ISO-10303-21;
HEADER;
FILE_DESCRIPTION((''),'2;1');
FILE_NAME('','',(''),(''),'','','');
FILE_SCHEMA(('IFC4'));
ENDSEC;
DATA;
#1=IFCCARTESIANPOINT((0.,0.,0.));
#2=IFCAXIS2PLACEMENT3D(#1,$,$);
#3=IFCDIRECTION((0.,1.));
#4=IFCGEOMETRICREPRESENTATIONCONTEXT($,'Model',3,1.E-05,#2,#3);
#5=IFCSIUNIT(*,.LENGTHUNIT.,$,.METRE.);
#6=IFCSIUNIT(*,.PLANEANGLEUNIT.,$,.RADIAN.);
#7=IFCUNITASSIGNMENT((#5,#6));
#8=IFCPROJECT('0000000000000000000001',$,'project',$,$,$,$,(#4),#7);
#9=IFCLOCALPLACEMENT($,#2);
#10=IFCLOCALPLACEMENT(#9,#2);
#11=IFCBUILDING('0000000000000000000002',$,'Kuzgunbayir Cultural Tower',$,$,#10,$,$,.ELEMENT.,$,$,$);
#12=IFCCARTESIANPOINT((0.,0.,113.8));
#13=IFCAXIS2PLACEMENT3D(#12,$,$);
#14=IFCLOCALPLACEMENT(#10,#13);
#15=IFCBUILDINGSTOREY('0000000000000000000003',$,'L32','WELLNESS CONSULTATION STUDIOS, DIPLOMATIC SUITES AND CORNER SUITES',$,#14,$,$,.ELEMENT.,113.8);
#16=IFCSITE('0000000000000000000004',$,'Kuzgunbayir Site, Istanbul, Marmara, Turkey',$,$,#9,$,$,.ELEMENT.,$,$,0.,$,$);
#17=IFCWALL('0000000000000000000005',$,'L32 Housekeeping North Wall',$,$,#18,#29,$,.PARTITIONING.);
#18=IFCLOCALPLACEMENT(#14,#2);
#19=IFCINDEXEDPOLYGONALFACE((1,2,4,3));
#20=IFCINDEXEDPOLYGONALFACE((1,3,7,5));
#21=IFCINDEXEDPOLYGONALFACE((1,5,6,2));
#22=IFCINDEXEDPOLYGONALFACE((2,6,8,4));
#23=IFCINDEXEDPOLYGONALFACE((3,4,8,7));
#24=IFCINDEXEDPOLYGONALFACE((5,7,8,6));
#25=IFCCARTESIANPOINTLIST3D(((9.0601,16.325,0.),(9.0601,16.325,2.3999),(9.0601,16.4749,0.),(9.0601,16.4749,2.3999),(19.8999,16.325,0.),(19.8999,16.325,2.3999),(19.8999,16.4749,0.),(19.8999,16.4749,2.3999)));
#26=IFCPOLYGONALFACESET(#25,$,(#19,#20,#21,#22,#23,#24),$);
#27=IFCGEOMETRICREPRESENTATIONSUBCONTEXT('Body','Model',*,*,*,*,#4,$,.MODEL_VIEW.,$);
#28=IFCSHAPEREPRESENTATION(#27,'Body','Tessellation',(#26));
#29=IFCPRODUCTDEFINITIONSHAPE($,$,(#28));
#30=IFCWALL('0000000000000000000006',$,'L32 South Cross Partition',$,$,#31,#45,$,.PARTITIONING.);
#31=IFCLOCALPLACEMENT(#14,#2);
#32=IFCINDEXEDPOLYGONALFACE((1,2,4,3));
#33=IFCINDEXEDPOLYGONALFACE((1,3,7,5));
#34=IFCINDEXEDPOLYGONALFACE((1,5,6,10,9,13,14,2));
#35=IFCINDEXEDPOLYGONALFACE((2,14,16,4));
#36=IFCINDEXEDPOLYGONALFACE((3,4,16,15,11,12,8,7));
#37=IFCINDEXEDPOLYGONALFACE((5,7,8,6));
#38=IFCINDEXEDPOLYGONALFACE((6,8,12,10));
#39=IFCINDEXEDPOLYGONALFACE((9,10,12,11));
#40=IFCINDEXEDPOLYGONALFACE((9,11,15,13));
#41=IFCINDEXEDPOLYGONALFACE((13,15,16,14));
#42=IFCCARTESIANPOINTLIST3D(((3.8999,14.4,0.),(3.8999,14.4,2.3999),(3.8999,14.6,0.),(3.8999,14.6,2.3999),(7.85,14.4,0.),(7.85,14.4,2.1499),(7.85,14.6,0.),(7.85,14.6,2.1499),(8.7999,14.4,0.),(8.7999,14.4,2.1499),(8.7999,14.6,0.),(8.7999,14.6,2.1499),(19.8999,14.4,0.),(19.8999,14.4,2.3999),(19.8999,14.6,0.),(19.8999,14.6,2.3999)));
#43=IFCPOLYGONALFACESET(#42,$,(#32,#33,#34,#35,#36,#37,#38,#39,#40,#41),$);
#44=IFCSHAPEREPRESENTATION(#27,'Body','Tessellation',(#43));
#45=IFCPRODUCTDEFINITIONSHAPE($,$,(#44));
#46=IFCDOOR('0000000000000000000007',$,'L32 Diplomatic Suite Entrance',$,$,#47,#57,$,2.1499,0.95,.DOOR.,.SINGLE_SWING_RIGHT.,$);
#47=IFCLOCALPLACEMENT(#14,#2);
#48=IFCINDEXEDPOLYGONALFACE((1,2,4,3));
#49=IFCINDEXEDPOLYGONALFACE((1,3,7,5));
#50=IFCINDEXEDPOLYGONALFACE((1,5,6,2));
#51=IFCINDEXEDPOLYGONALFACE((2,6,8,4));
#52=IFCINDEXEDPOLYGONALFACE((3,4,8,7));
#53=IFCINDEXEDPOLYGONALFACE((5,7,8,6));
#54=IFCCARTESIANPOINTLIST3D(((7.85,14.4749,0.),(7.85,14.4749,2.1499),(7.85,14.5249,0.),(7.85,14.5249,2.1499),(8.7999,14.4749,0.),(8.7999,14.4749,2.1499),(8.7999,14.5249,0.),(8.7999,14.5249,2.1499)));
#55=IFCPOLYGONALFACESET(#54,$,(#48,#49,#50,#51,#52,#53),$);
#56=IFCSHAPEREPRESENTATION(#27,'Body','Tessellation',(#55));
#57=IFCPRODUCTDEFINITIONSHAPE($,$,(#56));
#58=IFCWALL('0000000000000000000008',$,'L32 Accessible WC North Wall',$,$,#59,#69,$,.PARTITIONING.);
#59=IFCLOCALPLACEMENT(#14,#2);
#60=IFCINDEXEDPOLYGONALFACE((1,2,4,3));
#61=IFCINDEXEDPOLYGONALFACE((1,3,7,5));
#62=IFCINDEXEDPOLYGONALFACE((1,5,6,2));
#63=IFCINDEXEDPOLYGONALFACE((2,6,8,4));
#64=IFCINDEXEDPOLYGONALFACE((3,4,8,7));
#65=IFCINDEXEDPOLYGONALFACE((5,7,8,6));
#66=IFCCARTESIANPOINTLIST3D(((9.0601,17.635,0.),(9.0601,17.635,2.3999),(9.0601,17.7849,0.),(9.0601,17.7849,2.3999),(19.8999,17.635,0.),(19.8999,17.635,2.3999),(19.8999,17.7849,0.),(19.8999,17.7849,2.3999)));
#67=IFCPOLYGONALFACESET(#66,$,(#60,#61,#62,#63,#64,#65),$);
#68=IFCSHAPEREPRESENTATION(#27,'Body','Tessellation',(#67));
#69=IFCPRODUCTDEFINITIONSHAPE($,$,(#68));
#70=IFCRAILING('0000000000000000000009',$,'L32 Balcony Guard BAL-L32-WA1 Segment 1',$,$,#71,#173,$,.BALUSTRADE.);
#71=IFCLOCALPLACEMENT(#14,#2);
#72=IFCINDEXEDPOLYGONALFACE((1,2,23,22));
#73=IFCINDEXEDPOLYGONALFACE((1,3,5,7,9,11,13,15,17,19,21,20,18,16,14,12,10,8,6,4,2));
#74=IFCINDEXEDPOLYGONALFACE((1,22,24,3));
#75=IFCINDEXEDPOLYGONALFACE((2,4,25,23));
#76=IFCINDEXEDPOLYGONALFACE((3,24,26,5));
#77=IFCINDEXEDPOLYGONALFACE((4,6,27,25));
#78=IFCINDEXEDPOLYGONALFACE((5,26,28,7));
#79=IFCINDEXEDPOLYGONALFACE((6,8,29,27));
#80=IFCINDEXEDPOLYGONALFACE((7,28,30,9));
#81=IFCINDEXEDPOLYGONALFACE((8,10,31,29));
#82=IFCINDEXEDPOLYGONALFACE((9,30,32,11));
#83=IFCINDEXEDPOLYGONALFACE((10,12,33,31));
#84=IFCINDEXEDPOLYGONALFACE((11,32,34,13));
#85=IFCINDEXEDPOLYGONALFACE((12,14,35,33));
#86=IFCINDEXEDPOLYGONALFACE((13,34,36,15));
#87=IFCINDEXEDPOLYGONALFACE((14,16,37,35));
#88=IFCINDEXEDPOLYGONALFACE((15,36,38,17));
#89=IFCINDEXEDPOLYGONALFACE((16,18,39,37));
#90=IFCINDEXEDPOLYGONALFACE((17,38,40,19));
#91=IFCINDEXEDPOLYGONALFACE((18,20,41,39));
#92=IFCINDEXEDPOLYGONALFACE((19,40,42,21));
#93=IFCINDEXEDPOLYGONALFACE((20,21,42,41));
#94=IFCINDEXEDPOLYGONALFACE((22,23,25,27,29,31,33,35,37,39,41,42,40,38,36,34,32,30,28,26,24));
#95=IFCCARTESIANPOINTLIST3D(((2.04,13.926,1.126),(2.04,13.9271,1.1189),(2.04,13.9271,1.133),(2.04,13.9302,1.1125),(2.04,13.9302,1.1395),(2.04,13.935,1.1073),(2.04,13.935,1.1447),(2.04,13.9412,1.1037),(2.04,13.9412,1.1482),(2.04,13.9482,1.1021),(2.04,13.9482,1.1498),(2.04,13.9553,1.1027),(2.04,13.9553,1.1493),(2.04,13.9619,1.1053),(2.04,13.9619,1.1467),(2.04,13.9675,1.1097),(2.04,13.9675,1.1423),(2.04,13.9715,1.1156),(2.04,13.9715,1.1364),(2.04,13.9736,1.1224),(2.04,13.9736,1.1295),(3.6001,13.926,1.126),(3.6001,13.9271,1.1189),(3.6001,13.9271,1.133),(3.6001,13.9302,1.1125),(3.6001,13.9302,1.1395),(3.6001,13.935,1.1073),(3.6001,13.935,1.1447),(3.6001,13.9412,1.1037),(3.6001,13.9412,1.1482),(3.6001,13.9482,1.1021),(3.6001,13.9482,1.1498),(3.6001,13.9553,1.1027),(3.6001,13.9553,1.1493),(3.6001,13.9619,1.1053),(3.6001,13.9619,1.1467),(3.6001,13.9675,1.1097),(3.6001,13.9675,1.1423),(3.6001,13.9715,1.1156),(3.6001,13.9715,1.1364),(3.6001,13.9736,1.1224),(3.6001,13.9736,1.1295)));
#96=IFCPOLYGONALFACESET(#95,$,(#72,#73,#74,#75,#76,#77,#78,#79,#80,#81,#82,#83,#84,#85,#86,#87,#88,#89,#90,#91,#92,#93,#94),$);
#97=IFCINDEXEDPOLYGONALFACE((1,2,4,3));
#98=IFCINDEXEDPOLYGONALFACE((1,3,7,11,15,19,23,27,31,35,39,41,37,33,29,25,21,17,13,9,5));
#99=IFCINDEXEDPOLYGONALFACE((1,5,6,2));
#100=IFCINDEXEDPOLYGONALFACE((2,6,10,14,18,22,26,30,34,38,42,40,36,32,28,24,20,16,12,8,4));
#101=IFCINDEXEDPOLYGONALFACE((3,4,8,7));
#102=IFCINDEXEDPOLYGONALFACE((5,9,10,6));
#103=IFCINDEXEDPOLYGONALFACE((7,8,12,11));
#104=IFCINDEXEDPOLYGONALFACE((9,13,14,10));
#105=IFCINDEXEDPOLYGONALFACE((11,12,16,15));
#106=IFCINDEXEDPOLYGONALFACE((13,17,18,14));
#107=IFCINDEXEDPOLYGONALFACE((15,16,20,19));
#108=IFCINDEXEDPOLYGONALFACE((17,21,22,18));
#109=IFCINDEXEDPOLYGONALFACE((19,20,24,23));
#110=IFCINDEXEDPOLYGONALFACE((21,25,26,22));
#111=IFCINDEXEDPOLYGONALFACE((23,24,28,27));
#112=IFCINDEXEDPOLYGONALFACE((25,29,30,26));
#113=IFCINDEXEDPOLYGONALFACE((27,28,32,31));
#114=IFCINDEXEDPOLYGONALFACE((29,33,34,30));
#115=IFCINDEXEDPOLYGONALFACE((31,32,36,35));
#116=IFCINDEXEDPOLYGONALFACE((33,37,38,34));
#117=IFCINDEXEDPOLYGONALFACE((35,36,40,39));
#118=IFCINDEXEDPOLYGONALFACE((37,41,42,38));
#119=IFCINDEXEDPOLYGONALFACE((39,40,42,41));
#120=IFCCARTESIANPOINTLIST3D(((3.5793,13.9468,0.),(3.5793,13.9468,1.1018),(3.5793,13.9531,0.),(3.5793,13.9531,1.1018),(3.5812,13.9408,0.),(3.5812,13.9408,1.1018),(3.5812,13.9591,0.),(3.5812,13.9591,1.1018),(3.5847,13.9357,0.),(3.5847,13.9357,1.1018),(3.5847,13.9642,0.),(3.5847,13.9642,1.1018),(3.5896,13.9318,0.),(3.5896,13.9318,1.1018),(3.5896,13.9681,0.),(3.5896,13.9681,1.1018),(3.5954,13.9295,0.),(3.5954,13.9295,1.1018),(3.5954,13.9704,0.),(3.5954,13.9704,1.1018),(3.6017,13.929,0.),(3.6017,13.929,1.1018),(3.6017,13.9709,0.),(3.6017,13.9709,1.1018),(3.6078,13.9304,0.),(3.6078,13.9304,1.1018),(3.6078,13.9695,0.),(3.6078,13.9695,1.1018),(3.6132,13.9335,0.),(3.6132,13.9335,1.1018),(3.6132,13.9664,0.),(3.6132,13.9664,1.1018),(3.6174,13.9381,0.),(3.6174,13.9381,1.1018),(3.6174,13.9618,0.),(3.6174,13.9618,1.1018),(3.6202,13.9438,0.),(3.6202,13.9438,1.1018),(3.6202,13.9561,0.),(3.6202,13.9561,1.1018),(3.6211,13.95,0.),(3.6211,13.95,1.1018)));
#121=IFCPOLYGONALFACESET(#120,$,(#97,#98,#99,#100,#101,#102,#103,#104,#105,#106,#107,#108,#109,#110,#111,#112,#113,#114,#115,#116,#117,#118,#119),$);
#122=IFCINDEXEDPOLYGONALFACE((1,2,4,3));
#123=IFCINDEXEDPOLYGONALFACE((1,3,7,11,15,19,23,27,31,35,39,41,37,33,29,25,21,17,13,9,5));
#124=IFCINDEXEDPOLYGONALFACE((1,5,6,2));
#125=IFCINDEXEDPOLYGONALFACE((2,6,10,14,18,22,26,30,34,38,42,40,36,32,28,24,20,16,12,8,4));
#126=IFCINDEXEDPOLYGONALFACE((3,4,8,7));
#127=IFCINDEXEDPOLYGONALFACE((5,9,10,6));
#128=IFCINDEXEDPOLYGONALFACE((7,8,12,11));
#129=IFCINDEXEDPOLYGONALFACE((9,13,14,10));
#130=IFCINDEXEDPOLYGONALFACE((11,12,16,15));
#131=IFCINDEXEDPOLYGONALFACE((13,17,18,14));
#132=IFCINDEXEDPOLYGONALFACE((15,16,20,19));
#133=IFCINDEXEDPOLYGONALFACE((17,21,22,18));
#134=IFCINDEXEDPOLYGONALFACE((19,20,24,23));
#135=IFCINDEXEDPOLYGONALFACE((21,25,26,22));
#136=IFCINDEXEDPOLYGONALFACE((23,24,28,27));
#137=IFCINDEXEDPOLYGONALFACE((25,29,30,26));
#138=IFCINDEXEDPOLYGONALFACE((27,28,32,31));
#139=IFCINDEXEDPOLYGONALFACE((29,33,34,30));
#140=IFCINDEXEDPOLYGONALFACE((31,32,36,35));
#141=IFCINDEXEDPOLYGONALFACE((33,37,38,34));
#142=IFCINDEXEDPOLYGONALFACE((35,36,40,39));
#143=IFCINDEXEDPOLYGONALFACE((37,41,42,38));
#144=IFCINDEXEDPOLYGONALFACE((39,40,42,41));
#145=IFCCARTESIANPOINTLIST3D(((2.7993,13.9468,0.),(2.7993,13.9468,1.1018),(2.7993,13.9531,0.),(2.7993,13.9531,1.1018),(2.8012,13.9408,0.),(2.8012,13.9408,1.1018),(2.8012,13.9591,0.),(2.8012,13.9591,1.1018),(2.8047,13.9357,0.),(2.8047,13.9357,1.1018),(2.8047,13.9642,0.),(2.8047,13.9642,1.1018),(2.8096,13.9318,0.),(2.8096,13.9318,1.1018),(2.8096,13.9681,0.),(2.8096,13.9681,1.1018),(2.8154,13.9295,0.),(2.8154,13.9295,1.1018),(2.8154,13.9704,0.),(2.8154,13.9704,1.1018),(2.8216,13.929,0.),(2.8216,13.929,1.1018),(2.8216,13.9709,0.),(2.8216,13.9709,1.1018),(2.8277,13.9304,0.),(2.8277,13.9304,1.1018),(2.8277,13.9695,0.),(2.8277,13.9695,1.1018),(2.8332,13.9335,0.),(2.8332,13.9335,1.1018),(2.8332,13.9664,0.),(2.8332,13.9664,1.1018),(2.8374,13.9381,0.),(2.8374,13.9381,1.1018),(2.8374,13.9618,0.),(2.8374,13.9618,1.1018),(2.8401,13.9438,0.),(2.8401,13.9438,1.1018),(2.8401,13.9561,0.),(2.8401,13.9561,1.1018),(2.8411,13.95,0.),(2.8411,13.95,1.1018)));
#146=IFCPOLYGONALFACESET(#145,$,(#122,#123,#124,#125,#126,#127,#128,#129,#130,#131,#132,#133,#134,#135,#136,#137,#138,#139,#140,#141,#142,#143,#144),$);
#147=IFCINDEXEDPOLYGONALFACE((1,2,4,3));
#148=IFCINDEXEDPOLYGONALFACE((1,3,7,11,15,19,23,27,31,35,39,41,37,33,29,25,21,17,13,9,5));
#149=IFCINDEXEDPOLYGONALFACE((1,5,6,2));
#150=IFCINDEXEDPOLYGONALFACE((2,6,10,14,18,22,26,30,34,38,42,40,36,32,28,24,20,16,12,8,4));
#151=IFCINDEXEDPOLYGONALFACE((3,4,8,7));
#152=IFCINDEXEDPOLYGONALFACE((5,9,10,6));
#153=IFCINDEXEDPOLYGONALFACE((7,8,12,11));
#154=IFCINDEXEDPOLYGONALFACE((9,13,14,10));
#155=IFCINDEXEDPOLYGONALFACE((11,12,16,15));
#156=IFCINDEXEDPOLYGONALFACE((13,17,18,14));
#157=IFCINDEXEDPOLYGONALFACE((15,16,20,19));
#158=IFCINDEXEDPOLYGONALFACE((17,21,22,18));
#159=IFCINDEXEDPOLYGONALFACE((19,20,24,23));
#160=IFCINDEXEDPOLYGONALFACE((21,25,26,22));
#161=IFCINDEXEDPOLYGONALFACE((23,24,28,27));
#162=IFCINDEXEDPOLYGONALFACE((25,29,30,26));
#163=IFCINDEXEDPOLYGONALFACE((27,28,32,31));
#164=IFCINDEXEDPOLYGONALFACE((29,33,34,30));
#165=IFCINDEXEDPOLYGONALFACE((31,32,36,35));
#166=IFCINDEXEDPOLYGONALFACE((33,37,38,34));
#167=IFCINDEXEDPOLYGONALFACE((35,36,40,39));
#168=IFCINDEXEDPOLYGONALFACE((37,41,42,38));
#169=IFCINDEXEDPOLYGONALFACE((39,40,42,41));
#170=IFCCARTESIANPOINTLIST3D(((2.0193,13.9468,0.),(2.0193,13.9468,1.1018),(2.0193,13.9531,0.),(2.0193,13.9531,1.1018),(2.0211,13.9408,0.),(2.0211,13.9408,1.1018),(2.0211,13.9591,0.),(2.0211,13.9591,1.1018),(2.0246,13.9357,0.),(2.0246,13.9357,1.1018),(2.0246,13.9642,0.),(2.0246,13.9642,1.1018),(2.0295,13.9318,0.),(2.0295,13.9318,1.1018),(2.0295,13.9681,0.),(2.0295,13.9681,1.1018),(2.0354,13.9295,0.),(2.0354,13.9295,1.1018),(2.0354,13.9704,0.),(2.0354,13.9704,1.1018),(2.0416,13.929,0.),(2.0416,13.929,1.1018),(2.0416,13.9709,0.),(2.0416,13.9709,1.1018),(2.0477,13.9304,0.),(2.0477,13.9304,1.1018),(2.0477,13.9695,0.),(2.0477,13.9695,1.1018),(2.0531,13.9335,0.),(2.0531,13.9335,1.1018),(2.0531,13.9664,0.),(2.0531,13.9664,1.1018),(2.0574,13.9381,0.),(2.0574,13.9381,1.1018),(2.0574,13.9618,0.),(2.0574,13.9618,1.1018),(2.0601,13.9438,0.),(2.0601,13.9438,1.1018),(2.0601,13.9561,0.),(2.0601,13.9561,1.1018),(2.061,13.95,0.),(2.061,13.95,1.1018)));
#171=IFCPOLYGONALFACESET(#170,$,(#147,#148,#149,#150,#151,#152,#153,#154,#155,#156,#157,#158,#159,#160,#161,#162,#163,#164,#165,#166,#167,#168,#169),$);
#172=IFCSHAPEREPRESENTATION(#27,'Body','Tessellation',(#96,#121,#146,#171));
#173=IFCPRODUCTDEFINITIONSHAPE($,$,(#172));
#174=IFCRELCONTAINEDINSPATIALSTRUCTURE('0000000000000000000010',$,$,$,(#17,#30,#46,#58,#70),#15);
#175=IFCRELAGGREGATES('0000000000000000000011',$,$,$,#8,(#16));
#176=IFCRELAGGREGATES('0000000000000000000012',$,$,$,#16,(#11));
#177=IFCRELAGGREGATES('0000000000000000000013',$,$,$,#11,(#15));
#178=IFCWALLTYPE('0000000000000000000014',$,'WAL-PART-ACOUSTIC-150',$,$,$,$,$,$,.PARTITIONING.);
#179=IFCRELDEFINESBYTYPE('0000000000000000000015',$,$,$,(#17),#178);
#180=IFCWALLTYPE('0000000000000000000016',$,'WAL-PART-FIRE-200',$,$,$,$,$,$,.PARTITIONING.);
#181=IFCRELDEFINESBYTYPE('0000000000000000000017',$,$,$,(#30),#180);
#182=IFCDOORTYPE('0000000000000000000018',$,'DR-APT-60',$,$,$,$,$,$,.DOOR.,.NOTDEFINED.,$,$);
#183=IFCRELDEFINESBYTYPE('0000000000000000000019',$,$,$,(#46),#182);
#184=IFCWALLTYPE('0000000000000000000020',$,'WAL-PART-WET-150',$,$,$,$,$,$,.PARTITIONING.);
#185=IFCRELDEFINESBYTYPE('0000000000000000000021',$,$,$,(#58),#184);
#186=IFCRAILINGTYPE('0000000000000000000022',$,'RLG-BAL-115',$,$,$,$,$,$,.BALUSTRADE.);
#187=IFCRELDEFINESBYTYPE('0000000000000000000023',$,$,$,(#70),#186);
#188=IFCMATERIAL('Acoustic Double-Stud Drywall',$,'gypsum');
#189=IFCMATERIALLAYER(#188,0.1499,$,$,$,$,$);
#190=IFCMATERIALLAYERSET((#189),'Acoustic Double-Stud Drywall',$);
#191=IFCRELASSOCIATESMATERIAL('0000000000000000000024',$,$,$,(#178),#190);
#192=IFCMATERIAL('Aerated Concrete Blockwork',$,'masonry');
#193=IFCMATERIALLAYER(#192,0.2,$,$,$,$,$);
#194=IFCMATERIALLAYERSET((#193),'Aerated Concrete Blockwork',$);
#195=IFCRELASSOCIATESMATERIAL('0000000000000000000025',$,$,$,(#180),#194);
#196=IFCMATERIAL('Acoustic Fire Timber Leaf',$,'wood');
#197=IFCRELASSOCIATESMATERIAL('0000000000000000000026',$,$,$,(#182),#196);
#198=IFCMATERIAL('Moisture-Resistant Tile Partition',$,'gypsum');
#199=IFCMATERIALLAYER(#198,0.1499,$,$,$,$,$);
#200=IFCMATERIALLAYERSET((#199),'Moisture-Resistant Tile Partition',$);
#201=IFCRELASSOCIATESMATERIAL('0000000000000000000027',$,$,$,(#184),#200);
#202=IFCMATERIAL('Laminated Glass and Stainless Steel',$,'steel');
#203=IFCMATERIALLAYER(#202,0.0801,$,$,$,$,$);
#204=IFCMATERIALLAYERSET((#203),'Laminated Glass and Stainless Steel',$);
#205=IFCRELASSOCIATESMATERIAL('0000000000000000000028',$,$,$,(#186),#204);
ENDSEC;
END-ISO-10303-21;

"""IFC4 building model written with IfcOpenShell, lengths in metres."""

from ifc_helpers import new_model, si_unit, direction, frame, frame_2d, origin, origin_2d, place, context, subcontext, project, spatial, rectangle, circle, extrude, material, layer, layer_set, type_object, element, fill, save


model = new_model("IFC4")

# Units and contexts
model_context = context("Model", 3, precision=1e-05, world=origin(), true_north=direction((0.0, 1.0)))
body_context = subcontext(model_context, "Body", "Model", "MODEL_VIEW")
ifc_project = project(units=[si_unit("LENGTHUNIT", "METRE"), si_unit("PLANEANGLEUNIT", "RADIAN")], contexts=[model_context])

# Site, building, storey
site_placement = place(None, origin())
site = spatial("IfcSite", under=ifc_project, at=site_placement, Name="Kuzgunbayir Site, Istanbul, Marmara, Turkey", CompositionType="ELEMENT", RefElevation=0.0)
building_placement = place(site_placement, origin())
building = spatial("IfcBuilding", under=site, at=building_placement, Name="Kuzgunbayir Cultural Tower", CompositionType="ELEMENT")
storey_placement = place(building_placement, frame((0.0, 0.0, 113.8)))
storey = spatial("IfcBuildingStorey", under=building, at=storey_placement, Name="L32", Description="WELLNESS CONSULTATION STUDIOS, DIPLOMATIC SUITES AND CORNER SUITES", CompositionType="ELEMENT", Elevation=113.8)

# Wall
ifc_material_1 = material(Name="Acoustic Double-Stud Drywall", Category="gypsum")
ifc_layer_1 = layer(ifc_material_1, 0.1499)
ifc_layer_set_1 = layer_set([ifc_layer_1], Name="Acoustic Double-Stud Drywall")
wall_type_1 = type_object("IfcWallType", Name="WAL-PART-ACOUSTIC-150", PredefinedType="PARTITIONING", material=ifc_layer_set_1)
wall_1_placement = place(storey_placement, frame((9.0601, 16.3999, 0.0), z_axis=(0.0, 0.0, 1.0), x_axis=(1.0, 0.0, 0.0)))
element("IfcWall", 1, at=wall_1_placement, inside=storey, type_object=wall_type_1, Name="L32 Housekeeping North Wall", PredefinedType="PARTITIONING", context=body_context, shape_type="SweptSolid", body=[
    extrude(rectangle(XDim=10.8398, YDim=0.1499, at=frame_2d((5.4199, 0.0))), origin(), (0.0, 0.0, 1.0), 2.3999),
])

# Shared definitions
ifc_material_2 = material(Name="Aerated Concrete Blockwork", Category="masonry")
ifc_layer_2 = layer(ifc_material_2, 0.2)
ifc_layer_set_2 = layer_set([ifc_layer_2], Name="Aerated Concrete Blockwork")
wall_type_2 = type_object("IfcWallType", Name="WAL-PART-FIRE-200", PredefinedType="PARTITIONING", material=ifc_layer_set_2)
ifc_material_3 = material(Name="Acoustic Fire Timber Leaf", Category="wood")
door_type_1 = type_object("IfcDoorType", Name="DR-APT-60", OperationType="NOTDEFINED", PredefinedType="DOOR", material=ifc_material_3)

# Wall, opening, door
wall_2_placement = place(storey_placement, frame((3.8999, 14.5, 0.0), z_axis=(0.0, 0.0, 1.0), x_axis=(1.0, 0.0, 0.0)))
wall_2 = element("IfcWall", 2, at=wall_2_placement, inside=storey, type_object=wall_type_2, Name="L32 South Cross Partition", PredefinedType="PARTITIONING", context=body_context, shape_type="SweptSolid", body=[
    extrude(rectangle(XDim=16.0, YDim=0.2, at=frame_2d((8.0, 0.0))), origin(), (0.0, 0.0, 1.0), 2.3999),
])
opening_1_placement = place(wall_2_placement, frame((3.95, 0.0, 0.0)))
opening_1 = element("IfcOpeningElement", 3, at=opening_1_placement, cuts=wall_2, PredefinedType="OPENING", context=body_context, shape_type="SweptSolid", body=[
    extrude(rectangle(XDim=0.95, YDim=2.1499, at=frame_2d((0.4751, 1.075))), frame((0.0, 0.1099, 0.0), z_axis=(0.0, -1.0, 0.0), x_axis=(1.0, 0.0, 0.0)), (0.0, 0.0, 1.0), 0.22),
])
door_1_placement = place(opening_1_placement, origin())
door_1 = element("IfcDoor", 4, at=door_1_placement, inside=storey, type_object=door_type_1, Name="L32 Diplomatic Suite Entrance", OperationType="SINGLE_SWING_RIGHT", OverallHeight=2.1499, OverallWidth=0.95, PredefinedType="DOOR", context=body_context, shape_type="SweptSolid", body=[
    extrude(rectangle(XDim=0.95, YDim=2.1499, at=frame_2d((0.4751, 1.075))), frame((0.0, 0.0249, 0.0), z_axis=(0.0, -1.0, 0.0), x_axis=(1.0, 0.0, 0.0)), (0.0, 0.0, 1.0), 0.05),
])
fill(opening_1, door_1)

# Wall
ifc_material_4 = material(Name="Moisture-Resistant Tile Partition", Category="gypsum")
ifc_layer_3 = layer(ifc_material_4, 0.1499)
ifc_layer_set_3 = layer_set([ifc_layer_3], Name="Moisture-Resistant Tile Partition")
wall_type_3 = type_object("IfcWallType", Name="WAL-PART-WET-150", PredefinedType="PARTITIONING", material=ifc_layer_set_3)
wall_3_placement = place(storey_placement, frame((9.0601, 17.71, 0.0), z_axis=(0.0, 0.0, 1.0), x_axis=(1.0, 0.0, 0.0)))
element("IfcWall", 5, at=wall_3_placement, inside=storey, type_object=wall_type_3, Name="L32 Accessible WC North Wall", PredefinedType="PARTITIONING", context=body_context, shape_type="SweptSolid", body=[
    extrude(rectangle(XDim=10.8398, YDim=0.1499, at=frame_2d((5.4199, 0.0))), origin(), (0.0, 0.0, 1.0), 2.3999),
])

# Railing
ifc_material_5 = material(Name="Laminated Glass and Stainless Steel", Category="steel")
ifc_layer_4 = layer(ifc_material_5, 0.0801)
ifc_layer_set_4 = layer_set([ifc_layer_4], Name="Laminated Glass and Stainless Steel")
railing_type = type_object("IfcRailingType", Name="RLG-BAL-115", PredefinedType="BALUSTRADE", material=ifc_layer_set_4)
railing_1_placement = place(storey_placement, frame((3.6001, 13.95, 0.0)))
element("IfcRailing", 6, at=railing_1_placement, inside=storey, type_object=railing_type, Name="L32 Balcony Guard BAL-L32-WA1 Segment 1", PredefinedType="BALUSTRADE", context=body_context, shape_type="SweptSolid", body=[
    extrude(circle(Radius=0.0239, at=origin_2d()), frame((0.0, 0.0, 1.126), z_axis=(-1.0, 0.0, 0.0), x_axis=(0.0, -1.0, 0.0)), (0.0, 0.0, 1.0), 1.5601),
    extrude(circle(Radius=0.021, at=origin_2d()), origin(), (0.0, 0.0, 1.0), 1.1018),
    extrude(circle(Radius=0.021, at=origin_2d()), frame((-0.78, 0.0, 0.0)), (0.0, 0.0, 1.0), 1.1018),
    extrude(circle(Radius=0.021, at=origin_2d()), frame((-1.5601, 0.0, 0.0)), (0.0, 0.0, 1.0), 1.1018),
])

save(model, "model.ifc")
